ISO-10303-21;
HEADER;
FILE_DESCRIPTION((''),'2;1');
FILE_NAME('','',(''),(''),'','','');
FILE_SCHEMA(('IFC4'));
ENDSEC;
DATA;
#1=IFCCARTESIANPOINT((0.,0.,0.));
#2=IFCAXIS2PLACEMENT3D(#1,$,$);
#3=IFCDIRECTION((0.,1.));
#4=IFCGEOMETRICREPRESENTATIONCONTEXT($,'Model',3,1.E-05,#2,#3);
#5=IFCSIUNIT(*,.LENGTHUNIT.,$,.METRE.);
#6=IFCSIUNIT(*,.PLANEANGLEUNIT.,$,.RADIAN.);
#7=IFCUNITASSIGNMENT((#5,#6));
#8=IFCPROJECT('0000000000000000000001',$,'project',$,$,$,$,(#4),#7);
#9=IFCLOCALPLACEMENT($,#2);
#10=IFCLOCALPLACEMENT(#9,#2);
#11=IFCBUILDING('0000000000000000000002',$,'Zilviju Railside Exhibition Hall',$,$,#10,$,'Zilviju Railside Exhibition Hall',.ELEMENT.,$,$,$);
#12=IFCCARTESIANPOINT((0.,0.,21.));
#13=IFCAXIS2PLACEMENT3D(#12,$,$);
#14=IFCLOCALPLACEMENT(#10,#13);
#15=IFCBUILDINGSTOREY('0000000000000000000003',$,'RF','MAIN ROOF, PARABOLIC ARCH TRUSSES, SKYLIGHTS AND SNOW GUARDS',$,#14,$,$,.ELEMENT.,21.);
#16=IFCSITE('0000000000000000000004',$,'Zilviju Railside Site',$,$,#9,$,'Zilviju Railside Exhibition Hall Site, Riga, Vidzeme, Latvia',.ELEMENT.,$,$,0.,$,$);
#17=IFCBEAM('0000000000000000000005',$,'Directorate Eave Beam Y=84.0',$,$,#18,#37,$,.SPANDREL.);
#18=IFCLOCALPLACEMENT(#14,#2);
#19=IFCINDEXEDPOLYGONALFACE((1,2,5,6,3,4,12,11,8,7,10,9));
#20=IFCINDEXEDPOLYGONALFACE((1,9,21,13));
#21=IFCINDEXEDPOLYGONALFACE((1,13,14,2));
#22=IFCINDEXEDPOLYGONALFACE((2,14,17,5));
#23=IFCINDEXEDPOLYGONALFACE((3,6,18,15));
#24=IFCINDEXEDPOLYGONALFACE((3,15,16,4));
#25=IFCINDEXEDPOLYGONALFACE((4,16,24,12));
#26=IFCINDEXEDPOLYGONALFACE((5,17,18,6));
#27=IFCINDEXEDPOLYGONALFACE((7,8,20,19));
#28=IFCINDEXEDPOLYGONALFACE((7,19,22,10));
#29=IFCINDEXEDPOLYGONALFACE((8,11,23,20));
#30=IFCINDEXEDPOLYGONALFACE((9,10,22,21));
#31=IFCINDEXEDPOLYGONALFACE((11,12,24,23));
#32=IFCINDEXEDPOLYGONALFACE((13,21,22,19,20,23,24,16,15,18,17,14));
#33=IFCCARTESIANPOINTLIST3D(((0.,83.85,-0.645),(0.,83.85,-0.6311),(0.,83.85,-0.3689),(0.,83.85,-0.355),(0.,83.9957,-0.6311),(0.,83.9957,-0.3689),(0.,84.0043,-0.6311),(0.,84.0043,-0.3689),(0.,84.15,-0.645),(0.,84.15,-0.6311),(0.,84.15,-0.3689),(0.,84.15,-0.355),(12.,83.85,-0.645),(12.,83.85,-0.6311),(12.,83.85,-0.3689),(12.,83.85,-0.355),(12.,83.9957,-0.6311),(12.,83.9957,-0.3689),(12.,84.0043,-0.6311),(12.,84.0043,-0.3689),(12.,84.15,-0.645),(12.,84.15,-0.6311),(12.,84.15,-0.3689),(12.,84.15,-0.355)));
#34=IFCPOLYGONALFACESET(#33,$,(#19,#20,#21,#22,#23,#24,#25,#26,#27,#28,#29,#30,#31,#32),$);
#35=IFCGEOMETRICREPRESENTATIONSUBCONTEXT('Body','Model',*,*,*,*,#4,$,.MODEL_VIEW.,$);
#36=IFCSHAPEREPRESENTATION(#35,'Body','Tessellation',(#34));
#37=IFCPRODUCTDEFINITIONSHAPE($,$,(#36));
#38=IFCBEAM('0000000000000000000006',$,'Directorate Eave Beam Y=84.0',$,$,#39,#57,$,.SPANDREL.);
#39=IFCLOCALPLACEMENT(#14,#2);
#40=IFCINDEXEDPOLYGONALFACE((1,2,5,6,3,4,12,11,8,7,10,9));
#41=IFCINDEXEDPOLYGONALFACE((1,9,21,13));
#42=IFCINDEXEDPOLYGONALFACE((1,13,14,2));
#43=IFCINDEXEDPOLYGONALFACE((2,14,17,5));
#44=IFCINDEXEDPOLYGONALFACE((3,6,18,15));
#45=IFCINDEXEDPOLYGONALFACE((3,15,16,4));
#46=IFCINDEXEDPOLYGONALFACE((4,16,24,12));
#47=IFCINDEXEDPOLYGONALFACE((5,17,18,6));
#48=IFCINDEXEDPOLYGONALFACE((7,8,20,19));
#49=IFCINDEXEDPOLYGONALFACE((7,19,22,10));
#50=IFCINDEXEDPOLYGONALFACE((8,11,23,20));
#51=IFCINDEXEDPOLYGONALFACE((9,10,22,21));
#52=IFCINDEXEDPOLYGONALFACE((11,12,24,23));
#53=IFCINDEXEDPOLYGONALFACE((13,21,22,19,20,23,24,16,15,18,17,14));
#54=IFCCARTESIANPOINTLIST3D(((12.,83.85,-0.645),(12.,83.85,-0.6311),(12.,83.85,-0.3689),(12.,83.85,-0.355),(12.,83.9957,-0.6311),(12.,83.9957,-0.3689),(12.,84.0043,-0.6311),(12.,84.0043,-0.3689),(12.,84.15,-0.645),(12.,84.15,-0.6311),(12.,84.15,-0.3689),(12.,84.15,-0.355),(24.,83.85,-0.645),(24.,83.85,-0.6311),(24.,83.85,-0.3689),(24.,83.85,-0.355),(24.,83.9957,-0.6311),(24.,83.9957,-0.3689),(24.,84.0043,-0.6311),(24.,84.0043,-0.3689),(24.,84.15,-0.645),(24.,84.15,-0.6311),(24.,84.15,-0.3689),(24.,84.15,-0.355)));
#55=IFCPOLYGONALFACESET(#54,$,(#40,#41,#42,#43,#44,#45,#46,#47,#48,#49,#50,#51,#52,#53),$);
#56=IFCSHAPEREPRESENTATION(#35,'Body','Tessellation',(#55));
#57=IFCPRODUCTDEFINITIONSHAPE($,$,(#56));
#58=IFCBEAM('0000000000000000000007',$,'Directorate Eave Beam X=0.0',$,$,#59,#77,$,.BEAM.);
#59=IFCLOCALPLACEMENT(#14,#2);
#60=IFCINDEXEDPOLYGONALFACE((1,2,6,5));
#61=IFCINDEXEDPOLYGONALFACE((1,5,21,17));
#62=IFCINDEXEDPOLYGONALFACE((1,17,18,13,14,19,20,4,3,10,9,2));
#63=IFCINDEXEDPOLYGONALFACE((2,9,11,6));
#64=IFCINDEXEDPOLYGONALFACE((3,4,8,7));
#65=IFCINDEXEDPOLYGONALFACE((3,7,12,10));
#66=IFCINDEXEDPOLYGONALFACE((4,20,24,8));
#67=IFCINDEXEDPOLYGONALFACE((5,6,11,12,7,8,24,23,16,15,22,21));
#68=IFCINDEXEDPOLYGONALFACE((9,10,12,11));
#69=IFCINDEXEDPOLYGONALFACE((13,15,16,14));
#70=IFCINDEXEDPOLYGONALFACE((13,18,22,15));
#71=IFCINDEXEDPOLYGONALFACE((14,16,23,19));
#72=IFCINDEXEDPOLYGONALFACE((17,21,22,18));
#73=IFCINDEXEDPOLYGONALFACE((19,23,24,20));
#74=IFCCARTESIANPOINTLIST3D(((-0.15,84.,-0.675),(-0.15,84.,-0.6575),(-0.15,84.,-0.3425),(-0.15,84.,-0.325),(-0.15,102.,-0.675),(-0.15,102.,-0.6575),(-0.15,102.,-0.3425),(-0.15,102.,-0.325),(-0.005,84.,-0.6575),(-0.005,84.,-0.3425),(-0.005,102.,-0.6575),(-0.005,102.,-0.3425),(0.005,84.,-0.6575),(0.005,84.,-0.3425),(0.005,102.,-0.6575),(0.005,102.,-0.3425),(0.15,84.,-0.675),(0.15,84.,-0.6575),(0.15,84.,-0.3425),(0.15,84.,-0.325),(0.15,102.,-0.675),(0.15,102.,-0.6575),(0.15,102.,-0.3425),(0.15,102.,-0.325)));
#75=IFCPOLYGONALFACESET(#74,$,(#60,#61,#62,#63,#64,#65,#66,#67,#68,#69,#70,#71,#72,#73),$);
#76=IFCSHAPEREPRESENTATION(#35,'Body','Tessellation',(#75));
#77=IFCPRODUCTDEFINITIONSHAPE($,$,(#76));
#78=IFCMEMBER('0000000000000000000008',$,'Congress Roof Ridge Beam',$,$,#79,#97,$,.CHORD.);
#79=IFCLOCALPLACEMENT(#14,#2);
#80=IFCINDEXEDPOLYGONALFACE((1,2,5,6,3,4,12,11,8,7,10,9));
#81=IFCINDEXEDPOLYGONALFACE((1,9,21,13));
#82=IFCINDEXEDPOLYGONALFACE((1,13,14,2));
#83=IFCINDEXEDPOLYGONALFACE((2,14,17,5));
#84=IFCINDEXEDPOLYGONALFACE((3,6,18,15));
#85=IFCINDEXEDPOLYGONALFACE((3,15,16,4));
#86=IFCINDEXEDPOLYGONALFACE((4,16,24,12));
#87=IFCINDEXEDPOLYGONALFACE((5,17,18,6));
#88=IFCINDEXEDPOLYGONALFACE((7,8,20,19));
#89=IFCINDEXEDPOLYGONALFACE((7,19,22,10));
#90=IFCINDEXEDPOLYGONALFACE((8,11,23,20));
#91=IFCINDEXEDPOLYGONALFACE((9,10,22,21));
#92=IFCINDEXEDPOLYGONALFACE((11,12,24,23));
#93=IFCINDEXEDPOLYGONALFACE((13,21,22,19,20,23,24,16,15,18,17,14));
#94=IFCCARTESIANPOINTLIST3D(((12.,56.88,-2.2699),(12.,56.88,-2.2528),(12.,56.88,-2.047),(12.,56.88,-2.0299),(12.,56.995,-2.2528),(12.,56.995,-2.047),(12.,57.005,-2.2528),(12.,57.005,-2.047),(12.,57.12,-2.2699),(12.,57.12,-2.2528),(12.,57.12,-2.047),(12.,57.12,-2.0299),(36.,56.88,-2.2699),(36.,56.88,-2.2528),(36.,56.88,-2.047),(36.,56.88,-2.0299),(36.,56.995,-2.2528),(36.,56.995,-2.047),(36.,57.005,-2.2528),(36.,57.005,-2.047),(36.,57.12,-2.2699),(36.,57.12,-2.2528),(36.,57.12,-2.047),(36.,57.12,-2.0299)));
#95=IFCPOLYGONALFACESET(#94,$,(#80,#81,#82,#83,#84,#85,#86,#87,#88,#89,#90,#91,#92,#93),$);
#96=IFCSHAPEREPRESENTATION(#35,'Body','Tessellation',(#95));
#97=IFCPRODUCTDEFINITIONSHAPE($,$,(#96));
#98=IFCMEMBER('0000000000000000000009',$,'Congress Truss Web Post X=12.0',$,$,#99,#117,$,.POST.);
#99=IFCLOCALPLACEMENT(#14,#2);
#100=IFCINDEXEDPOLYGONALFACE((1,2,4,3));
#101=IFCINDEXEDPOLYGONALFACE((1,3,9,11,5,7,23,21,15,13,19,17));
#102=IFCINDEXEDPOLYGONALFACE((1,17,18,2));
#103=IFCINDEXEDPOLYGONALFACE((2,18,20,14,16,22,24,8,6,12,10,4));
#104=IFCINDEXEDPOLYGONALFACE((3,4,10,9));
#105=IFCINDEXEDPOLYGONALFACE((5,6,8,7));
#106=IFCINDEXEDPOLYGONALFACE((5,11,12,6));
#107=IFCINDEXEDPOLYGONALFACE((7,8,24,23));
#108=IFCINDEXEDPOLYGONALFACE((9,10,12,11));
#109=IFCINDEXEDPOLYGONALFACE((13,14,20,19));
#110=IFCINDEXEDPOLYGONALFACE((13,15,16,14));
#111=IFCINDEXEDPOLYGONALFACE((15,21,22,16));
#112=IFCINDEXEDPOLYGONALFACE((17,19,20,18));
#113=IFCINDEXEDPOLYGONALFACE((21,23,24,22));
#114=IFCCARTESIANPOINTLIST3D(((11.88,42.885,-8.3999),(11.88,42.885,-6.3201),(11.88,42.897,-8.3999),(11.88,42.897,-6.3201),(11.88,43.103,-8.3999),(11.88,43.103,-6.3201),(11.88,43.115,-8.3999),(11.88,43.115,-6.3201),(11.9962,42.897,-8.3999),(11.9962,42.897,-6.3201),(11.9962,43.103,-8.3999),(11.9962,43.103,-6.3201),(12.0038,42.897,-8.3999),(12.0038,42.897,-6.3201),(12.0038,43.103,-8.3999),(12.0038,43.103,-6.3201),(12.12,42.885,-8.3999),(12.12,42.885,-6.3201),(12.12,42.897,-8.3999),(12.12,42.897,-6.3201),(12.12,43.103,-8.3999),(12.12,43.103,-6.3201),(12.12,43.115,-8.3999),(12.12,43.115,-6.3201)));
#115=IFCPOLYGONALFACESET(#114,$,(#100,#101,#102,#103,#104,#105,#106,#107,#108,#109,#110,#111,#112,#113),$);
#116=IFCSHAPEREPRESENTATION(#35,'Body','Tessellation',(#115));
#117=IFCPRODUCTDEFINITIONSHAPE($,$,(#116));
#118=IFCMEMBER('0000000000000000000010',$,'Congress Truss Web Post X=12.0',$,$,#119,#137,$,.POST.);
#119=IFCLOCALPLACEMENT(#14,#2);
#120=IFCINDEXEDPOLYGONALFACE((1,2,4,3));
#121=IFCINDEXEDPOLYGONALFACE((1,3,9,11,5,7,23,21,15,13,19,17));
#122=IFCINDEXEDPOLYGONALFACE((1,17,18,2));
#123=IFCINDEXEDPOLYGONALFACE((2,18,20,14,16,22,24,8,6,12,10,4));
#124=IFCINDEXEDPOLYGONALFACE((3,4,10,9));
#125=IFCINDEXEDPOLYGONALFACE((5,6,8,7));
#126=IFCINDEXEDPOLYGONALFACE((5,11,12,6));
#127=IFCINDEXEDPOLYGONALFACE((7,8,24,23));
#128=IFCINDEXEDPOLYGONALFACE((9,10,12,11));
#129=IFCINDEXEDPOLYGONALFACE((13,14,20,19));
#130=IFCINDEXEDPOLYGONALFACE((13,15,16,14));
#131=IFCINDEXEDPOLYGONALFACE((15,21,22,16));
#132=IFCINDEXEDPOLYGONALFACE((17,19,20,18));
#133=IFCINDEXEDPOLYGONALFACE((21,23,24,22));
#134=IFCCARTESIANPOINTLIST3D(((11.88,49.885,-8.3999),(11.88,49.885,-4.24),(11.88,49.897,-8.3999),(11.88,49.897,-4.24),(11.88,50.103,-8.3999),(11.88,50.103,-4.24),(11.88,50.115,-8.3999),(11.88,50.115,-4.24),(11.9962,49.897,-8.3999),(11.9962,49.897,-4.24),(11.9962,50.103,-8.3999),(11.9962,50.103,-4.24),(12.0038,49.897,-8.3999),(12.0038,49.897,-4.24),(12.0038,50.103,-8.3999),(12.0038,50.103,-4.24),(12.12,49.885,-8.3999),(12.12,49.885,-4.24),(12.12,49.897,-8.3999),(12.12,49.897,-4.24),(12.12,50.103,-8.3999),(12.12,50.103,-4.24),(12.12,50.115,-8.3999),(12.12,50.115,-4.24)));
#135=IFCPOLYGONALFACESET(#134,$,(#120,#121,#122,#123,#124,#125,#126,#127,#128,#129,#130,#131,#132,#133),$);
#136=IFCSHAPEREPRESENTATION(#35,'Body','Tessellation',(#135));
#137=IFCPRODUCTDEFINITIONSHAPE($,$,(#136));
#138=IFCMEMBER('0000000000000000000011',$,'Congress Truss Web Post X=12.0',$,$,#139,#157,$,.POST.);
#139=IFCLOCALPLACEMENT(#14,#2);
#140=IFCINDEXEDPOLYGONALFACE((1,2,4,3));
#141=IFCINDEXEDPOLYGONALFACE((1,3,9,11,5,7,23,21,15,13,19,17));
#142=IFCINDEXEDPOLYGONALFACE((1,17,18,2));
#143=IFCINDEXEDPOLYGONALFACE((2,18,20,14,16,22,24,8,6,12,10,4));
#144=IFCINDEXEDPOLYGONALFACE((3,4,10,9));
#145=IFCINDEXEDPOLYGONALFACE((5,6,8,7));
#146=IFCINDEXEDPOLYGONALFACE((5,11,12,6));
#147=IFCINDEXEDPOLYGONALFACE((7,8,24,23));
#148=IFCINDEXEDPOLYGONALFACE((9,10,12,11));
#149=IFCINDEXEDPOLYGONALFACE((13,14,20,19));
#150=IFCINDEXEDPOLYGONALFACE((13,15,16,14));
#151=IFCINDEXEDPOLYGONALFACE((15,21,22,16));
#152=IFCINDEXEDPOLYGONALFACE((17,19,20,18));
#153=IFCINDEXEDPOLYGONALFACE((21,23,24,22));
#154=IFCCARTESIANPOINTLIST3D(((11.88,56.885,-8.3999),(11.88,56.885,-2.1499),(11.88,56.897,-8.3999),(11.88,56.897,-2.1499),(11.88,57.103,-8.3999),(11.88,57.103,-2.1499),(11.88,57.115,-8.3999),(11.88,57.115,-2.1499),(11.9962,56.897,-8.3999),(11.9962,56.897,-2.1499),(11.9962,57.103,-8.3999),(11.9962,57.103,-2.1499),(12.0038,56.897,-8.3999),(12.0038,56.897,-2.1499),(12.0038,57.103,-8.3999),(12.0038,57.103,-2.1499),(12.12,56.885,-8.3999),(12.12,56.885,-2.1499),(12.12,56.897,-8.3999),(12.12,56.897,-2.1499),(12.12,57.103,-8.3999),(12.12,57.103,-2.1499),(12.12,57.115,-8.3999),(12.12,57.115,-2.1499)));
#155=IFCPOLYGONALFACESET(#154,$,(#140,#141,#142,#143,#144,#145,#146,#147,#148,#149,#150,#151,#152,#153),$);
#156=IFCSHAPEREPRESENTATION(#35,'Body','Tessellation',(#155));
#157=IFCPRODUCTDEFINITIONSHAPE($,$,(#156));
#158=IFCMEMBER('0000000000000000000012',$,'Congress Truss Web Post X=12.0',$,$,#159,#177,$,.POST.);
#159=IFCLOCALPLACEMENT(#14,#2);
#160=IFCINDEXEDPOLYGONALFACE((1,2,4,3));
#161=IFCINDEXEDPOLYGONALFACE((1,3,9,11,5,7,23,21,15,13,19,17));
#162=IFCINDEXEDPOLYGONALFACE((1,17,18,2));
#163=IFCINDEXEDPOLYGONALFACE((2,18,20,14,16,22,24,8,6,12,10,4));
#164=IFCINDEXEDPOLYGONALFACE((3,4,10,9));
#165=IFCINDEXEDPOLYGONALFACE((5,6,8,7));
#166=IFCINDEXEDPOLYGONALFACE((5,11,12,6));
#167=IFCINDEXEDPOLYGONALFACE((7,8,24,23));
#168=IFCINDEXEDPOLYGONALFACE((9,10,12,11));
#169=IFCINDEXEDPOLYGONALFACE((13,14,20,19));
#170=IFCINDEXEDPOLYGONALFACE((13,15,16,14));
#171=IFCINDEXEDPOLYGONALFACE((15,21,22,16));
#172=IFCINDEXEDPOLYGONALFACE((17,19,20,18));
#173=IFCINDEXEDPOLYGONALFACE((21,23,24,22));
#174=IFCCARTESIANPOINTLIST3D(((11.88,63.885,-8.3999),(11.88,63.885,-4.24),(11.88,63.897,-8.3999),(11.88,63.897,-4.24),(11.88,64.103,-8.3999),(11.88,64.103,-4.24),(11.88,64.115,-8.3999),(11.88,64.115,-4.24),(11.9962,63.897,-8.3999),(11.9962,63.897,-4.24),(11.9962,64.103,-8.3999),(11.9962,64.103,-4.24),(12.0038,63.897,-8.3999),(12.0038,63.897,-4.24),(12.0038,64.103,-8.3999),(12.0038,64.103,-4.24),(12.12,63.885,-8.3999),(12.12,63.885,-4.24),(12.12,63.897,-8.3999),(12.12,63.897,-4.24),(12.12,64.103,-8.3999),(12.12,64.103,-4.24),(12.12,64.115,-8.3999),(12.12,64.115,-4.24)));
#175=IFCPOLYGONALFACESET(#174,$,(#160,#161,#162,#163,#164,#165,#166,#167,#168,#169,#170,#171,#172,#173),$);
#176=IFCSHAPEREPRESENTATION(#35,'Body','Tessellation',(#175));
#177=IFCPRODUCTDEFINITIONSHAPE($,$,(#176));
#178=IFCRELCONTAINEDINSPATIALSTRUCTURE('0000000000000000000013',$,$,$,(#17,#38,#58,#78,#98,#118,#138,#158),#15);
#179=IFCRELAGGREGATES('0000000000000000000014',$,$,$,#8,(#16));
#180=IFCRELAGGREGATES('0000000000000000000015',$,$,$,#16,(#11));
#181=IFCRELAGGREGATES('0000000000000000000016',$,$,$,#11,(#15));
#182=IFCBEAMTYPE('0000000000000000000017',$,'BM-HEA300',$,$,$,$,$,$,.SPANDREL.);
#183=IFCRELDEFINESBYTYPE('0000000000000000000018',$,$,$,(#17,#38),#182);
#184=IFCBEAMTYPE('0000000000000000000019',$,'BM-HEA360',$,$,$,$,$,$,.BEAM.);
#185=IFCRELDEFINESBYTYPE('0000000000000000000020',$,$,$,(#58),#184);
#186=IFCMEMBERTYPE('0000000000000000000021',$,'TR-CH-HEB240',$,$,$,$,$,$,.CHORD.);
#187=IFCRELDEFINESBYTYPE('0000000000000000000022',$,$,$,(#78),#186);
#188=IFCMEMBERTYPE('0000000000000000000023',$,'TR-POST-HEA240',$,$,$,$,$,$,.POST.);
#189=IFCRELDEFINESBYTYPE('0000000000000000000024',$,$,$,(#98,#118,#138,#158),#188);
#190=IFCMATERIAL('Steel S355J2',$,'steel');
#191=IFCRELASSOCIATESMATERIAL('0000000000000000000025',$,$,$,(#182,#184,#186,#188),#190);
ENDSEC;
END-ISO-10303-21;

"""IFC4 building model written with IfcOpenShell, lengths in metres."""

from ifc_helpers import new_model, si_unit, direction, frame, origin, origin_2d, place, context, subcontext, project, spatial, i_section, extrude, material, material_profile, profile_set, type_object, element, save


model = new_model("IFC4")

# Units and contexts
model_context = context("Model", 3, precision=1e-05, world=origin(), true_north=direction((0.0, 1.0)))
body_context = subcontext(model_context, "Body", "Model", "MODEL_VIEW")
ifc_project = project(units=[si_unit("LENGTHUNIT", "METRE"), si_unit("PLANEANGLEUNIT", "RADIAN")], contexts=[model_context])

# Site, building, storey
site_placement = place(None, origin())
site = spatial("IfcSite", under=ifc_project, at=site_placement, Name="Zilviju Railside Site", LongName="Zilviju Railside Exhibition Hall Site, Riga, Vidzeme, Latvia", CompositionType="ELEMENT", RefElevation=0.0)
building_placement = place(site_placement, origin())
building = spatial("IfcBuilding", under=site, at=building_placement, Name="Zilviju Railside Exhibition Hall", LongName="Zilviju Railside Exhibition Hall", CompositionType="ELEMENT")
storey_placement = place(building_placement, frame((0.0, 0.0, 21.0)))
storey = spatial("IfcBuildingStorey", under=building, at=storey_placement, Name="RF", Description="MAIN ROOF, PARABOLIC ARCH TRUSSES, SKYLIGHTS AND SNOW GUARDS", CompositionType="ELEMENT", Elevation=21.0)

# Beams
ifc_material_1 = material(Name="Steel S355J2", Category="steel")
ifc_material_profile_1 = material_profile(ifc_material_1, i_section(OverallWidth=0.3, OverallDepth=0.29, WebThickness=0.0085, FlangeThickness=0.0139, at=origin_2d()), Name="HEA 300")
ifc_profile_set_1 = profile_set([ifc_material_profile_1], Name="Steel S355J2")
beam_type_1 = type_object("IfcBeamType", Name="BM-HEA300", PredefinedType="SPANDREL", material=ifc_profile_set_1)
for number, where, z_axis, x_axis, name in (
    (1, (0.0, 84.0, -0.5), (1.0, 0.0, 0.0), (0.0, 1.0, 0.0), "Directorate Eave Beam Y=84.0"),
    (2, (12.0, 84.0, -0.5), (1.0, 0.0, 0.0), (0.0, 1.0, 0.0), "Directorate Eave Beam Y=84.0"),
):
    element("IfcBeam", number, at=place(storey_placement, frame(where, z_axis=z_axis, x_axis=x_axis)), inside=storey, type_object=beam_type_1, Name=name, PredefinedType="SPANDREL", context=body_context, shape_type="SweptSolid", body=[
        extrude(i_section(OverallWidth=0.3, OverallDepth=0.29, WebThickness=0.0085, FlangeThickness=0.0139, at=origin_2d()), origin(), (0.0, 0.0, 1.0), 12.0),
    ])
ifc_material_profile_2 = material_profile(ifc_material_1, i_section(OverallWidth=0.3, OverallDepth=0.3501, WebThickness=0.01, FlangeThickness=0.0176, at=origin_2d()), Name="HEA 360")
ifc_profile_set_2 = profile_set([ifc_material_profile_2], Name="Steel S355J2")
beam_type_2 = type_object("IfcBeamType", Name="BM-HEA360", PredefinedType="BEAM", material=ifc_profile_set_2)
beam_placement = place(storey_placement, frame((0.0, 84.0, -0.5), z_axis=(0.0, 1.0, 0.0), x_axis=(-1.0, 0.0, 0.0)))
element("IfcBeam", 3, at=beam_placement, inside=storey, type_object=beam_type_2, Name="Directorate Eave Beam X=0.0", PredefinedType="BEAM", context=body_context, shape_type="SweptSolid", body=[
    extrude(i_section(OverallWidth=0.3, OverallDepth=0.3501, WebThickness=0.01, FlangeThickness=0.0176, at=origin_2d()), origin(), (0.0, 0.0, 1.0), 18.0),
])

# Members
ifc_material_profile_3 = material_profile(ifc_material_1, i_section(OverallWidth=0.24, OverallDepth=0.24, WebThickness=0.01, FlangeThickness=0.0171, at=origin_2d()), Name="HEB 240")
ifc_profile_set_3 = profile_set([ifc_material_profile_3], Name="Steel S355J2")
member_type_1 = type_object("IfcMemberType", Name="TR-CH-HEB240", PredefinedType="CHORD", material=ifc_profile_set_3)
member_1_placement = place(storey_placement, frame((12.0, 57.0, -2.1499), z_axis=(1.0, 0.0, 0.0), x_axis=(0.0, 1.0, 0.0)))
element("IfcMember", 4, at=member_1_placement, inside=storey, type_object=member_type_1, Name="Congress Roof Ridge Beam", PredefinedType="CHORD", context=body_context, shape_type="SweptSolid", body=[
    extrude(i_section(OverallWidth=0.24, OverallDepth=0.24, WebThickness=0.01, FlangeThickness=0.0171, at=origin_2d()), origin(), (0.0, 0.0, 1.0), 24.0),
])
ifc_material_profile_4 = material_profile(ifc_material_1, i_section(OverallWidth=0.24, OverallDepth=0.23, WebThickness=0.0076, FlangeThickness=0.012, at=origin_2d()), Name="HEA 240")
ifc_profile_set_4 = profile_set([ifc_material_profile_4], Name="Steel S355J2")
member_type_2 = type_object("IfcMemberType", Name="TR-POST-HEA240", PredefinedType="POST", material=ifc_profile_set_4)
member_2_placement = place(storey_placement, frame((12.0, 43.0, -8.3999), z_axis=(0.0, 0.0, 1.0), x_axis=(1.0, 0.0, 0.0)))
element("IfcMember", 5, at=member_2_placement, inside=storey, type_object=member_type_2, Name="Congress Truss Web Post X=12.0", PredefinedType="POST", context=body_context, shape_type="SweptSolid", body=[
    extrude(i_section(OverallWidth=0.24, OverallDepth=0.23, WebThickness=0.0076, FlangeThickness=0.012, at=origin_2d()), origin(), (0.0, 0.0, 1.0), 2.0798),
])
member_3_placement = place(storey_placement, frame((12.0, 50.0, -8.3999), z_axis=(0.0, 0.0, 1.0), x_axis=(1.0, 0.0, 0.0)))
element("IfcMember", 6, at=member_3_placement, inside=storey, type_object=member_type_2, Name="Congress Truss Web Post X=12.0", PredefinedType="POST", context=body_context, shape_type="SweptSolid", body=[
    extrude(i_section(OverallWidth=0.24, OverallDepth=0.23, WebThickness=0.0076, FlangeThickness=0.012, at=origin_2d()), origin(), (0.0, 0.0, 1.0), 4.1599),
])
member_4_placement = place(storey_placement, frame((12.0, 57.0, -8.3999), z_axis=(0.0, 0.0, 1.0), x_axis=(1.0, 0.0, 0.0)))
element("IfcMember", 7, at=member_4_placement, inside=storey, type_object=member_type_2, Name="Congress Truss Web Post X=12.0", PredefinedType="POST", context=body_context, shape_type="SweptSolid", body=[
    extrude(i_section(OverallWidth=0.24, OverallDepth=0.23, WebThickness=0.0076, FlangeThickness=0.012, at=origin_2d()), origin(), (0.0, 0.0, 1.0), 6.25),
])
member_5_placement = place(storey_placement, frame((12.0, 64.0, -8.3999), z_axis=(0.0, 0.0, 1.0), x_axis=(1.0, 0.0, 0.0)))
element("IfcMember", 8, at=member_5_placement, inside=storey, type_object=member_type_2, Name="Congress Truss Web Post X=12.0", PredefinedType="POST", context=body_context, shape_type="SweptSolid", body=[
    extrude(i_section(OverallWidth=0.24, OverallDepth=0.23, WebThickness=0.0076, FlangeThickness=0.012, at=origin_2d()), origin(), (0.0, 0.0, 1.0), 4.1599),
])

save(model, "model.ifc")
